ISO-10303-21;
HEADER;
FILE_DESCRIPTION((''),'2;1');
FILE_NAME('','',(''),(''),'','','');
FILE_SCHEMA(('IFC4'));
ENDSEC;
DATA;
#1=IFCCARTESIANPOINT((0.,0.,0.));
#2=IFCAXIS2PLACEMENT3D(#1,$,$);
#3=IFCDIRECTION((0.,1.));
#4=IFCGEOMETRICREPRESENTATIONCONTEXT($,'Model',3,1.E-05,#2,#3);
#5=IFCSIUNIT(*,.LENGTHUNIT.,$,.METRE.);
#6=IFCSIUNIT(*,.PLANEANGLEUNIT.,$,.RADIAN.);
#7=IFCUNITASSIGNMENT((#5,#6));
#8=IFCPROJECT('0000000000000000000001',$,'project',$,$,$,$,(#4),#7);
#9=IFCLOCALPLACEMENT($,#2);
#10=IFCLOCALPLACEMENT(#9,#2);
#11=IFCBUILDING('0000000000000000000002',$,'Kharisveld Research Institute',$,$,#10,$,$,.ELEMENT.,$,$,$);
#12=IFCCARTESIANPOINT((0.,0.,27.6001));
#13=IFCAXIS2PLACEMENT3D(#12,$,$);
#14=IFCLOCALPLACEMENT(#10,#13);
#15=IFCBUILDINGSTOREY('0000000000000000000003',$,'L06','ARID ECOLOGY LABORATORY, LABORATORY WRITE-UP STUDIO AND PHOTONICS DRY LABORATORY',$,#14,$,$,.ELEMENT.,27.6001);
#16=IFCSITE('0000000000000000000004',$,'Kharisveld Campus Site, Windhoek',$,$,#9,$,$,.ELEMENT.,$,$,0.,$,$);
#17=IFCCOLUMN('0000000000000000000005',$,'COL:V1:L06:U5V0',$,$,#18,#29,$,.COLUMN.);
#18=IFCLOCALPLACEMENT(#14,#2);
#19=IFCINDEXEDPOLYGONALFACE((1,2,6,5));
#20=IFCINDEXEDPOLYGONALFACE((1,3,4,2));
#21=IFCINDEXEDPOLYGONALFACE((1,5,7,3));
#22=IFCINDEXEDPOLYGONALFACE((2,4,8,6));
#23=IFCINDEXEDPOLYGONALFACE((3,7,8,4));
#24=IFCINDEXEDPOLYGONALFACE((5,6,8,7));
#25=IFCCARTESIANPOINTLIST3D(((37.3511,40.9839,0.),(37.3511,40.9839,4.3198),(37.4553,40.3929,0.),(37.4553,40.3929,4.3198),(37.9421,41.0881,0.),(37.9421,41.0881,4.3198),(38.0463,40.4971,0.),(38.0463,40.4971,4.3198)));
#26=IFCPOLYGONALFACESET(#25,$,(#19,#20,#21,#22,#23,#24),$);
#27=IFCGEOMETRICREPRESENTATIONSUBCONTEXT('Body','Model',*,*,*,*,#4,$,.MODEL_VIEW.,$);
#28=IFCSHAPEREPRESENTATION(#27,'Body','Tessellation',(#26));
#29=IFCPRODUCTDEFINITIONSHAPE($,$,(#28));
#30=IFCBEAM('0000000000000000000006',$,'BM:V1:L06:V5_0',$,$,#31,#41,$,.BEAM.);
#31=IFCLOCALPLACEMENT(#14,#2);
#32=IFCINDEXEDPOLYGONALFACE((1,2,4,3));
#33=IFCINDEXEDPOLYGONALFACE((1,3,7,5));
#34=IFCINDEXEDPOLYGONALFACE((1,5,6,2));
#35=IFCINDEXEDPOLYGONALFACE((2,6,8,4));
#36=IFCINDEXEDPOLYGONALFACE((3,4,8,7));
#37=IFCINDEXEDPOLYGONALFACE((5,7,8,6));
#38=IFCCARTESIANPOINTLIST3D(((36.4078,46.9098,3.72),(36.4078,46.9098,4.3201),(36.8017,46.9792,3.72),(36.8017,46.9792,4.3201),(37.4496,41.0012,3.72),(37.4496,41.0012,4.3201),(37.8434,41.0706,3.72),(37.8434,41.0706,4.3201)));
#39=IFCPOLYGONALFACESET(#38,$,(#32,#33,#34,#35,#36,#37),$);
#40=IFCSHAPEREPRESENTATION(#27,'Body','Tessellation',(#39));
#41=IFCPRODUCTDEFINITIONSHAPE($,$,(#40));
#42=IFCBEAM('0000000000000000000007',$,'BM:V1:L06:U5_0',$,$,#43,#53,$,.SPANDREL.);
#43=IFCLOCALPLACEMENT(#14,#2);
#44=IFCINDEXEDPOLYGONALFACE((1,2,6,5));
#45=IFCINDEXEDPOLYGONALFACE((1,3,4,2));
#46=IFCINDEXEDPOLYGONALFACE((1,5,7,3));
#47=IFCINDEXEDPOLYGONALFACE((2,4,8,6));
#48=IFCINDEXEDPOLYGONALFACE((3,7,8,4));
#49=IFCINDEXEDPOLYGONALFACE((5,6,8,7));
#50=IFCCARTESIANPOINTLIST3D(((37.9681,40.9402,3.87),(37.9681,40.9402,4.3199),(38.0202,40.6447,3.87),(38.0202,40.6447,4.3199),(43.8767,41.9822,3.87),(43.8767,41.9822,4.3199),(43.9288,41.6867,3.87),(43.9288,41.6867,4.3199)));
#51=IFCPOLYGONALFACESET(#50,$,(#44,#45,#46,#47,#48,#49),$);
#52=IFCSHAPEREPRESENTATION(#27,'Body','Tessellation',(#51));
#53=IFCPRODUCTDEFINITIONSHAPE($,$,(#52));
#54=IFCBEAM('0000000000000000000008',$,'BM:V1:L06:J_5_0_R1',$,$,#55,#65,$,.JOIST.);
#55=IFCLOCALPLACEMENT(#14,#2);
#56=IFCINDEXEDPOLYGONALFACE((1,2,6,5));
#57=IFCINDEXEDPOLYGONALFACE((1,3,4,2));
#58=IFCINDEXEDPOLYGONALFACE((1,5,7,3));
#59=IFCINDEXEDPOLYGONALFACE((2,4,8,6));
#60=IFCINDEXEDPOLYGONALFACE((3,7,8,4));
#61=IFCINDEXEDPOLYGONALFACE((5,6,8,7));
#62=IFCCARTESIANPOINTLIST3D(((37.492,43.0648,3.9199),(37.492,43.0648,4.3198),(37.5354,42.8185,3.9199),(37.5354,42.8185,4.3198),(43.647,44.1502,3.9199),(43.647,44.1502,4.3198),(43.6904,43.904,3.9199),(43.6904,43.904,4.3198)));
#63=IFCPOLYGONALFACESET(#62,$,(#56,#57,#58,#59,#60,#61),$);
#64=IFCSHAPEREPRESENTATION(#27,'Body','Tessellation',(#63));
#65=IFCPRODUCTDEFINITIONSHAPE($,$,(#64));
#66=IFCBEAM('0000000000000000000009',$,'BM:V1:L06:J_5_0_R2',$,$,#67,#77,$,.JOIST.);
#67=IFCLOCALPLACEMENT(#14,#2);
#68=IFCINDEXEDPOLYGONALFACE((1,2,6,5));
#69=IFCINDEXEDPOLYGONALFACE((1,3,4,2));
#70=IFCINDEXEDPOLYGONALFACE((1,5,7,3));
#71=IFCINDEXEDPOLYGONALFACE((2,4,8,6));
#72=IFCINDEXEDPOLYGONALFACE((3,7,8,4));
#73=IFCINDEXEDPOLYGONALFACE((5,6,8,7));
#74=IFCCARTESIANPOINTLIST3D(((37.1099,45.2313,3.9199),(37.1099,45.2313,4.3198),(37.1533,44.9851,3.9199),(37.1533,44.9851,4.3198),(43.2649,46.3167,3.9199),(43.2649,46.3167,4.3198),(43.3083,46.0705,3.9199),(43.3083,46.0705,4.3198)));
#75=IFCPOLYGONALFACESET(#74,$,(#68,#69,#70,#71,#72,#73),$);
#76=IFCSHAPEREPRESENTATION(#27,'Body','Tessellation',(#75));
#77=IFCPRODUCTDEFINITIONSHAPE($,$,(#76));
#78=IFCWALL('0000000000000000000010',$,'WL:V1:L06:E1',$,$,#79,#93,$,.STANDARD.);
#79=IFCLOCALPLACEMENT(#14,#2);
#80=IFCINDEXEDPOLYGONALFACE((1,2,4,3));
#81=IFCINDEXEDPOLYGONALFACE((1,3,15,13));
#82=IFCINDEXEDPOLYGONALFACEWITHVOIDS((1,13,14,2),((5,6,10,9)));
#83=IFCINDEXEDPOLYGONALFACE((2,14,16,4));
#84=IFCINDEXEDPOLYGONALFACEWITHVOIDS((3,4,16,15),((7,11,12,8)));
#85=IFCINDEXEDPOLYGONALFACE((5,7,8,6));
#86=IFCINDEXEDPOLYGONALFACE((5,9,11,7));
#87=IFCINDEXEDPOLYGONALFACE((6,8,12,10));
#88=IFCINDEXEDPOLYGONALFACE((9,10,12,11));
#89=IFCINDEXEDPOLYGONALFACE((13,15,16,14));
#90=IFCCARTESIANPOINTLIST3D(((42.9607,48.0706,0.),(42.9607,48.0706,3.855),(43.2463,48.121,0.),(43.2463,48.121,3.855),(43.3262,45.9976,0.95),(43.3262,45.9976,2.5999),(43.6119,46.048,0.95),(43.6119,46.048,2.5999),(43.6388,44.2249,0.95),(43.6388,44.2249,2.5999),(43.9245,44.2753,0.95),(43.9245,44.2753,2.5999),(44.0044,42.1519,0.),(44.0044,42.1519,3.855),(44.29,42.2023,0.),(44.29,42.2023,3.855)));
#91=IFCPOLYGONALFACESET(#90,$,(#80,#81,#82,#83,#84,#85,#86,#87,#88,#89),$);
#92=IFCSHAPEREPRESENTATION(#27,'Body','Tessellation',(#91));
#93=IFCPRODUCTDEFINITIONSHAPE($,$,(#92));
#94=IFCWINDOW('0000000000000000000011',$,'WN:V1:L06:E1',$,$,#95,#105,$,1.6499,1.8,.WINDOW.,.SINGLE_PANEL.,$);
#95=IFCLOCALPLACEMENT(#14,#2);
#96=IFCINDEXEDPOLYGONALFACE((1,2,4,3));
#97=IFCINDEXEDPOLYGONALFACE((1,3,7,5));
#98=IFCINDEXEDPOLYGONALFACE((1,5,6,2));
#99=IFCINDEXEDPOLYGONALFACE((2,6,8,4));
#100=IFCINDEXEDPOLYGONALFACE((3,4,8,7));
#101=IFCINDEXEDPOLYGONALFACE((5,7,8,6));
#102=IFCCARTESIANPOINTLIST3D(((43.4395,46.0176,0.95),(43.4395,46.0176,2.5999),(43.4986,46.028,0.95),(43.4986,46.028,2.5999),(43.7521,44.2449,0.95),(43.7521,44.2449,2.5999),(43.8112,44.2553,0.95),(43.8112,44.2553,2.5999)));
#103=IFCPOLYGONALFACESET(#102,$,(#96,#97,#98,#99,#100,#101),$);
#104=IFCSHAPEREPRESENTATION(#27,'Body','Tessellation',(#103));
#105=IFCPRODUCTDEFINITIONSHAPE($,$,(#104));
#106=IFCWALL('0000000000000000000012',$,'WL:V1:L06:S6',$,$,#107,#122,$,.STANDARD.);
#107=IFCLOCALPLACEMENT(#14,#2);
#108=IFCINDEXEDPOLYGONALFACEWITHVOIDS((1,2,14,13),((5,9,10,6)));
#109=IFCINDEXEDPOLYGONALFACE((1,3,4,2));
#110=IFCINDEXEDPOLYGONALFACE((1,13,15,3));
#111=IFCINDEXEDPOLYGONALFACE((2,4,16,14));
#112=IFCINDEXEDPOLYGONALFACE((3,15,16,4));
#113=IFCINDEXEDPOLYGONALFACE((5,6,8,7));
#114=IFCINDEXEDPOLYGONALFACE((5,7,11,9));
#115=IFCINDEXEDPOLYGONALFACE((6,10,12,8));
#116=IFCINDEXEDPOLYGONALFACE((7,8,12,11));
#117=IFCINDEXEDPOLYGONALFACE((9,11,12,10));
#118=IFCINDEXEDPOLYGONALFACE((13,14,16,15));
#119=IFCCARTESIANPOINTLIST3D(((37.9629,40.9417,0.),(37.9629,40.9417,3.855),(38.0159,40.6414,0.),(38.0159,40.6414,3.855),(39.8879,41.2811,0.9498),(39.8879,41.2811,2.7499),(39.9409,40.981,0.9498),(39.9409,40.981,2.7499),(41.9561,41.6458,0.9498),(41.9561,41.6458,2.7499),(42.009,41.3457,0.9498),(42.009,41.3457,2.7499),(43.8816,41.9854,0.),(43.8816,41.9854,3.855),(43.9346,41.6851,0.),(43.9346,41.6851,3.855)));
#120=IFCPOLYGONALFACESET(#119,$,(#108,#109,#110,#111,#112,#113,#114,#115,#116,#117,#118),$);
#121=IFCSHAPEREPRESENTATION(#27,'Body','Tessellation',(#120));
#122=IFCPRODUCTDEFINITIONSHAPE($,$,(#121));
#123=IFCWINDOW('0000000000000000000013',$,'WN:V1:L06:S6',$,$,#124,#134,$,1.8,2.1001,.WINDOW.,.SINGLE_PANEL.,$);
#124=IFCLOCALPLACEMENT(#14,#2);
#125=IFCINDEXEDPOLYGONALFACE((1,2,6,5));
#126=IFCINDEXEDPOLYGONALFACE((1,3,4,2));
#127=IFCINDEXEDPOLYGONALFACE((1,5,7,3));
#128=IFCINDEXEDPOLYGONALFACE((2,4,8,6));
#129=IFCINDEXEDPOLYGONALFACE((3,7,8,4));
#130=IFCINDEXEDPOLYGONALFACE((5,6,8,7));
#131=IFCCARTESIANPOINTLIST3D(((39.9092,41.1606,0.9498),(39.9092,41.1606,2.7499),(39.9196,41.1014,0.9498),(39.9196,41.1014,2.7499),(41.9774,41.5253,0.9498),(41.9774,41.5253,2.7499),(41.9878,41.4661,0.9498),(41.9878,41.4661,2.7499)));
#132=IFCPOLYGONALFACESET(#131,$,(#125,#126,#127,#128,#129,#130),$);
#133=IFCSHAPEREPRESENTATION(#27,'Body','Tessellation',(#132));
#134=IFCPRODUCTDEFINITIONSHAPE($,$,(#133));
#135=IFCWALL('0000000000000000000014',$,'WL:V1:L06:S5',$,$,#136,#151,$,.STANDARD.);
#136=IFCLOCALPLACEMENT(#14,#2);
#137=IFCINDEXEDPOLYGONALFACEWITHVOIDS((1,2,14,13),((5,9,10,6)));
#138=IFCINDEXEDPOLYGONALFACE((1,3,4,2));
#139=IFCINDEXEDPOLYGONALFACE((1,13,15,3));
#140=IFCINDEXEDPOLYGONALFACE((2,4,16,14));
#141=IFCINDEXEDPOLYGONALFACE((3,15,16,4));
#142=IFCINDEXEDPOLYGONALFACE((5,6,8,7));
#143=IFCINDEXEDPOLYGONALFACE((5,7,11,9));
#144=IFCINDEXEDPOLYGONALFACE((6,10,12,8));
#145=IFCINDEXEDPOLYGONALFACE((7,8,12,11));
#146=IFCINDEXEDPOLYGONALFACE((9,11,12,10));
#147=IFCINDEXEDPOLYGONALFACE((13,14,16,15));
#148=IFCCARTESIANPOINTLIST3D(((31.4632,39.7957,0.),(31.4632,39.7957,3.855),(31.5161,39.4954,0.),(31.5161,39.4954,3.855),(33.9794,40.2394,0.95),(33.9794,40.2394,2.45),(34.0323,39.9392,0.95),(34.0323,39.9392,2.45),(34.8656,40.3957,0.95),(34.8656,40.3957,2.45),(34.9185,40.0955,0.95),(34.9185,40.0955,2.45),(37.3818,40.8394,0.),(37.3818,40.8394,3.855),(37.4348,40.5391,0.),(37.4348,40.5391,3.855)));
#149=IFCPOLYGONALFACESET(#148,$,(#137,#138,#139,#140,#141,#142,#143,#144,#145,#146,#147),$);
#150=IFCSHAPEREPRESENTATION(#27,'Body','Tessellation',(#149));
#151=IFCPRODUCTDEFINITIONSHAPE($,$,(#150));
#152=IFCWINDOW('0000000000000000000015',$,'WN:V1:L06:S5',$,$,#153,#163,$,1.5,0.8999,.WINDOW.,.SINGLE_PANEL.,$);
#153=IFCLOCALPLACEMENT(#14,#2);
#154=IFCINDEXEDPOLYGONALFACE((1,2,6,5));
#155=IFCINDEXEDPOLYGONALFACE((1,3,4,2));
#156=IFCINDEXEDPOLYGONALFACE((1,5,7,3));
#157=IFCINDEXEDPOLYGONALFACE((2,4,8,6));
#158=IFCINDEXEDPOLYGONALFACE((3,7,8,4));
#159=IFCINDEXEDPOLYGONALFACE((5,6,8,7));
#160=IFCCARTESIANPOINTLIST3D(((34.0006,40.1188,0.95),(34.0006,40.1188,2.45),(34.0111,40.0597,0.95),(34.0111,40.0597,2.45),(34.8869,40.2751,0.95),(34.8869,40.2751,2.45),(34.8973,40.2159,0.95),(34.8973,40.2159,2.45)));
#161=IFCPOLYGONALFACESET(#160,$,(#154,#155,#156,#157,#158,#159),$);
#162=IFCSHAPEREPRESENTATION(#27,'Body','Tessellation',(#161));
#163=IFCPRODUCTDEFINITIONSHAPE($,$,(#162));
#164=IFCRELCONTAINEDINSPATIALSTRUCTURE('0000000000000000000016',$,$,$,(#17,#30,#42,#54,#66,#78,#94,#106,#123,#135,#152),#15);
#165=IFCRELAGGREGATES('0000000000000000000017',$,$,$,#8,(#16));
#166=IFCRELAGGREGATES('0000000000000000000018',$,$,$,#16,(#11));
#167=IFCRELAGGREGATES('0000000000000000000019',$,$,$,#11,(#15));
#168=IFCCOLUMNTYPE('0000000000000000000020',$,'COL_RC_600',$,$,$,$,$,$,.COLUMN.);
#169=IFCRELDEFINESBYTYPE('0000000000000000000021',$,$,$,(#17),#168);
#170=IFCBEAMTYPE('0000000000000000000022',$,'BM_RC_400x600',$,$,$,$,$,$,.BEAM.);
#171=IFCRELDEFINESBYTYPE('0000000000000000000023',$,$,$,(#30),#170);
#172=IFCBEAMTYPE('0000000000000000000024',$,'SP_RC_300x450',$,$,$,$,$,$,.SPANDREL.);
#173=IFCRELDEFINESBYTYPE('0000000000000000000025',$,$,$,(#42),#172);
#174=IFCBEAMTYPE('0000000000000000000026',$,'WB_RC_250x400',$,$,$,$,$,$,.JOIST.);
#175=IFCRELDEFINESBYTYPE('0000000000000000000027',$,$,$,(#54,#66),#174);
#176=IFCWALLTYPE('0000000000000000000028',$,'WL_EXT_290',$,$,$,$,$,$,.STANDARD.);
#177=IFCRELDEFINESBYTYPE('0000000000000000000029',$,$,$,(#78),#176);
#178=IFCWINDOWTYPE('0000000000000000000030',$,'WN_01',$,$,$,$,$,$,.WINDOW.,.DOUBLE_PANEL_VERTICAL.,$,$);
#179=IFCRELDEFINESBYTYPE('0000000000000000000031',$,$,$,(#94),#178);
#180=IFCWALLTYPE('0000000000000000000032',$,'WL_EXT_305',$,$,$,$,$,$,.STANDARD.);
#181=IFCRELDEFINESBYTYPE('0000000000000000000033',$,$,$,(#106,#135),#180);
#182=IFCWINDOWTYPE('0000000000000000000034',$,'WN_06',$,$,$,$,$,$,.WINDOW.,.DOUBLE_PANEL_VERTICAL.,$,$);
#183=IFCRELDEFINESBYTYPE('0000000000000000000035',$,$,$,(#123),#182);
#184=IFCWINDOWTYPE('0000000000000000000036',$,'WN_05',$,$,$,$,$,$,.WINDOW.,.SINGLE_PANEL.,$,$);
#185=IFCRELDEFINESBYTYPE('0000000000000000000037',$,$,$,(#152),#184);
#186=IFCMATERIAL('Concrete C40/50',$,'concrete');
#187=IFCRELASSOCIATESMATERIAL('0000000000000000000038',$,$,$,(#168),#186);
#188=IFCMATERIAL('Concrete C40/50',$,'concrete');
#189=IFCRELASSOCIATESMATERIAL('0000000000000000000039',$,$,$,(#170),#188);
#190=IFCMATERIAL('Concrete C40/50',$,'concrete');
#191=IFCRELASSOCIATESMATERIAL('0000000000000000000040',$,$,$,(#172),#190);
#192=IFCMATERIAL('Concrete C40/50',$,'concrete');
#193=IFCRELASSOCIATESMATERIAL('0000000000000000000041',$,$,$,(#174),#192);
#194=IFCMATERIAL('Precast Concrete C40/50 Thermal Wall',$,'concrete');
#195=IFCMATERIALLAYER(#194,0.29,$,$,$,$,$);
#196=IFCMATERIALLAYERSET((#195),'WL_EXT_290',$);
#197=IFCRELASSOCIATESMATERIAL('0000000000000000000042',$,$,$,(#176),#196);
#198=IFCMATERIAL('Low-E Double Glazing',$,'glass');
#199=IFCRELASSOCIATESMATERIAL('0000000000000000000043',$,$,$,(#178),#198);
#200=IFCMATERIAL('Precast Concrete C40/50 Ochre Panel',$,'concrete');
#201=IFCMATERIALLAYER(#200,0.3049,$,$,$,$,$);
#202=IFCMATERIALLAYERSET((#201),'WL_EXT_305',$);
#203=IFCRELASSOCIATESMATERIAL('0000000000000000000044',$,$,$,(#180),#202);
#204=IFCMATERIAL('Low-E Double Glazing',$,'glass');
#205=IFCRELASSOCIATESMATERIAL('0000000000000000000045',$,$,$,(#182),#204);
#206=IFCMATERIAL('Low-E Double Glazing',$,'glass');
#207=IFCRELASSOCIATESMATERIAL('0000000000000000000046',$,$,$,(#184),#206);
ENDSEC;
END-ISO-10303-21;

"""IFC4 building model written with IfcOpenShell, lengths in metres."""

from ifc_helpers import new_model, si_unit, direction, frame, frame_2d, origin, origin_2d, place, context, subcontext, project, spatial, rectangle, extrude, material, layer, layer_set, material_profile, profile_set, type_object, element, fill, save


model = new_model("IFC4")

# Units and contexts
model_context = context("Model", 3, precision=1e-05, world=origin(), true_north=direction((0.0, 1.0)))
body_context = subcontext(model_context, "Body", "Model", "MODEL_VIEW")
ifc_project = project(units=[si_unit("LENGTHUNIT", "METRE"), si_unit("PLANEANGLEUNIT", "RADIAN")], contexts=[model_context])

# Site, building, storey
site_placement = place(None, origin())
site = spatial("IfcSite", under=ifc_project, at=site_placement, Name="Kharisveld Campus Site, Windhoek", CompositionType="ELEMENT", RefElevation=0.0)
building_placement = place(site_placement, origin())
building = spatial("IfcBuilding", under=site, at=building_placement, Name="Kharisveld Research Institute", CompositionType="ELEMENT")
storey_placement = place(building_placement, frame((0.0, 0.0, 27.6001)))
storey = spatial("IfcBuildingStorey", under=building, at=storey_placement, Name="L06", Description="ARID ECOLOGY LABORATORY, LABORATORY WRITE-UP STUDIO AND PHOTONICS DRY LABORATORY", CompositionType="ELEMENT", Elevation=27.6001)

# Column
ifc_material_1 = material(Name="Concrete C40/50", Category="concrete")
ifc_material_profile_1 = material_profile(ifc_material_1, rectangle(XDim=0.6001, YDim=0.6001, at=origin_2d()))
ifc_profile_set_1 = profile_set([ifc_material_profile_1], Name="Concrete C40/50")
column_type = type_object("IfcColumnType", Name="COL_RC_600", PredefinedType="COLUMN", material=ifc_profile_set_1)
column_placement = place(storey_placement, frame((37.6987, 40.7405, 0.0), z_axis=(0.0, 0.0, 1.0), x_axis=(0.984808, 0.173648, 0.0)))
element("IfcColumn", 1, at=column_placement, inside=storey, type_object=column_type, Name="COL:V1:L06:U5V0", PredefinedType="COLUMN", context=body_context, shape_type="SweptSolid", body=[
    extrude(rectangle(XDim=0.6001, YDim=0.6001, at=origin_2d()), origin(), (0.0, 0.0, 1.0), 4.3198),
])

# Beams
ifc_material_2 = material(Name="Concrete C40/50", Category="concrete")
ifc_material_profile_2 = material_profile(ifc_material_2, rectangle(XDim=0.3999, YDim=0.6001, at=origin_2d()))
ifc_profile_set_2 = profile_set([ifc_material_profile_2], Name="Concrete C40/50")
beam_type_1 = type_object("IfcBeamType", Name="BM_RC_400x600", PredefinedType="BEAM", material=ifc_profile_set_2)
beam_1_placement = place(storey_placement, frame((37.6465, 41.0359, 4.02), z_axis=(-0.17363, 0.984811, 0.0), x_axis=(-0.984811, -0.17363, 0.0)))
element("IfcBeam", 2, at=beam_1_placement, inside=storey, type_object=beam_type_1, Name="BM:V1:L06:V5_0", PredefinedType="BEAM", context=body_context, shape_type="SweptSolid", body=[
    extrude(rectangle(XDim=0.3999, YDim=0.6001, at=origin_2d()), origin(), (0.0, 0.0, 1.0), 5.9998),
])
ifc_material_3 = material(Name="Concrete C40/50", Category="concrete")
ifc_material_profile_3 = material_profile(ifc_material_3, rectangle(XDim=0.3, YDim=0.45, at=origin_2d()))
ifc_profile_set_3 = profile_set([ifc_material_profile_3], Name="Concrete C40/50")
beam_type_2 = type_object("IfcBeamType", Name="SP_RC_300x450", PredefinedType="SPANDREL", material=ifc_profile_set_3)
beam_2_placement = place(storey_placement, frame((37.9941, 40.7925, 4.095), z_axis=(0.984804, 0.173669, 0.0), x_axis=(-0.173669, 0.984804, 0.0)))
element("IfcBeam", 3, at=beam_2_placement, inside=storey, type_object=beam_type_2, Name="BM:V1:L06:U5_0", PredefinedType="SPANDREL", context=body_context, shape_type="SweptSolid", body=[
    extrude(rectangle(XDim=0.3, YDim=0.45, at=origin_2d()), origin(), (0.0, 0.0, 1.0), 5.9998),
])
ifc_material_4 = material(Name="Concrete C40/50", Category="concrete")
ifc_material_profile_4 = material_profile(ifc_material_4, rectangle(XDim=0.25, YDim=0.3999, at=origin_2d()))
ifc_profile_set_4 = profile_set([ifc_material_profile_4], Name="Concrete C40/50")
beam_type_3 = type_object("IfcBeamType", Name="WB_RC_250x400", PredefinedType="JOIST", material=ifc_profile_set_4)
for number, where, z_axis, x_axis, name in (
    (4, (37.5137, 42.9417, 4.1199), (0.984804, 0.173672, 0.0), (-0.173672, 0.984804, 0.0), "BM:V1:L06:J_5_0_R1"),
    (5, (37.1316, 45.1082, 4.1199), (0.984804, 0.173672, 0.0), (-0.173672, 0.984804, 0.0), "BM:V1:L06:J_5_0_R2"),
):
    element("IfcBeam", number, at=place(storey_placement, frame(where, z_axis=z_axis, x_axis=x_axis)), inside=storey, type_object=beam_type_3, Name=name, PredefinedType="JOIST", context=body_context, shape_type="SweptSolid", body=[
        extrude(rectangle(XDim=0.25, YDim=0.3999, at=origin_2d()), origin(), (0.0, 0.0, 1.0), 6.25),
    ])

# Walls, openings, windows
ifc_material_5 = material(Name="Precast Concrete C40/50 Thermal Wall", Category="concrete")
ifc_layer_1 = layer(ifc_material_5, 0.29)
ifc_layer_set_1 = layer_set([ifc_layer_1], Name="WL_EXT_290")
wall_type_1 = type_object("IfcWallType", Name="WL_EXT_290", PredefinedType="STANDARD", material=ifc_layer_set_1)
wall_1_placement = place(storey_placement, frame((43.1035, 48.0957, 0.0), z_axis=(0.0, 0.0, 1.0), x_axis=(0.17366, -0.984806, 0.0)))
wall_1 = element("IfcWall", 6, at=wall_1_placement, inside=storey, type_object=wall_type_1, Name="WL:V1:L06:E1", PredefinedType="STANDARD", context=body_context, shape_type="SweptSolid", body=[
    extrude(rectangle(XDim=6.01, YDim=0.29, at=frame_2d((3.0049, 0.0))), origin(), (0.0, 0.0, 1.0), 3.855),
])
opening_1_placement = place(wall_1_placement, frame((2.105, 0.0, 0.95)))
opening_1 = element("IfcOpeningElement", 7, at=opening_1_placement, cuts=wall_1, PredefinedType="OPENING", context=body_context, shape_type="SweptSolid", body=[
    extrude(rectangle(XDim=1.8, YDim=1.6499, at=frame_2d((0.8999, 0.825))), frame((0.0, 0.145, 0.0), z_axis=(0.0, -1.0, 0.0), x_axis=(1.0, 0.0, 0.0)), (0.0, 0.0, 1.0), 0.29),
])
ifc_material_6 = material(Name="Low-E Double Glazing", Category="glass")
window_type_1 = type_object("IfcWindowType", Name="WN_01", PartitioningType="DOUBLE_PANEL_VERTICAL", PredefinedType="WINDOW", material=ifc_material_6)
window_1_placement = place(opening_1_placement, origin())
window_1 = element("IfcWindow", 8, at=window_1_placement, inside=storey, type_object=window_type_1, Name="WN:V1:L06:E1", OverallHeight=1.6499, OverallWidth=1.8, PartitioningType="SINGLE_PANEL", PredefinedType="WINDOW", context=body_context, shape_type="SweptSolid", body=[
    extrude(rectangle(XDim=1.8, YDim=1.6499, at=frame_2d((0.8999, 0.825))), frame((0.0, 0.03, 0.0), z_axis=(0.0, -1.0, 0.0), x_axis=(1.0, 0.0, 0.0)), (0.0, 0.0, 1.0), 0.0601),
])
fill(opening_1, window_1)
ifc_material_7 = material(Name="Precast Concrete C40/50 Ochre Panel", Category="concrete")
ifc_layer_2 = layer(ifc_material_7, 0.3049)
ifc_layer_set_2 = layer_set([ifc_layer_2], Name="WL_EXT_305")
wall_type_2 = type_object("IfcWallType", Name="WL_EXT_305", PredefinedType="STANDARD", material=ifc_layer_set_2)
wall_2_placement = place(storey_placement, frame((43.908, 41.8352, 0.0), z_axis=(0.0, 0.0, 1.0), x_axis=(-0.984806, -0.17366, 0.0)))
wall_2 = element("IfcWall", 9, at=wall_2_placement, inside=storey, type_object=wall_type_2, Name="WL:V1:L06:S6", PredefinedType="STANDARD", context=body_context, shape_type="SweptSolid", body=[
    extrude(rectangle(XDim=6.01, YDim=0.3049, at=frame_2d((3.0049, 0.0))), origin(), (0.0, 0.0, 1.0), 3.855),
])
opening_2_placement = place(wall_2_placement, frame((1.9551, 0.0, 0.95)))
opening_2 = element("IfcOpeningElement", 10, at=opening_2_placement, cuts=wall_2, PredefinedType="OPENING", context=body_context, shape_type="SweptSolid", body=[
    extrude(rectangle(XDim=2.1001, YDim=1.8, at=frame_2d((1.05, 0.8999))), frame((0.0, 0.1523, 0.0), z_axis=(0.0, -1.0, 0.0), x_axis=(1.0, 0.0, 0.0)), (0.0, 0.0, 1.0), 0.3049),
])
ifc_material_8 = material(Name="Low-E Double Glazing", Category="glass")
window_type_2 = type_object("IfcWindowType", Name="WN_06", PartitioningType="DOUBLE_PANEL_VERTICAL", PredefinedType="WINDOW", material=ifc_material_8)
window_2_placement = place(opening_2_placement, origin())
window_2 = element("IfcWindow", 11, at=window_2_placement, inside=storey, type_object=window_type_2, Name="WN:V1:L06:S6", OverallHeight=1.8, OverallWidth=2.1001, PartitioningType="SINGLE_PANEL", PredefinedType="WINDOW", context=body_context, shape_type="SweptSolid", body=[
    extrude(rectangle(XDim=2.1001, YDim=1.8, at=frame_2d((1.05, 0.8999))), frame((0.0, 0.03, 0.0), z_axis=(0.0, -1.0, 0.0), x_axis=(1.0, 0.0, 0.0)), (0.0, 0.0, 1.0), 0.0601),
])
fill(opening_2, window_2)
wall_3_placement = place(storey_placement, frame((37.4082, 40.6892, 0.0), z_axis=(0.0, 0.0, 1.0), x_axis=(-0.984806, -0.17366, 0.0)))
wall_3 = element("IfcWall", 12, at=wall_3_placement, inside=storey, type_object=wall_type_2, Name="WL:V1:L06:S5", PredefinedType="STANDARD", context=body_context, shape_type="SweptSolid", body=[
    extrude(rectangle(XDim=6.01, YDim=0.3049, at=frame_2d((3.0049, 0.0))), origin(), (0.0, 0.0, 1.0), 3.855),
])
opening_3_placement = place(wall_3_placement, frame((2.5549, 0.0, 0.95)))
opening_3 = element("IfcOpeningElement", 13, at=opening_3_placement, cuts=wall_3, PredefinedType="OPENING", context=body_context, shape_type="SweptSolid", body=[
    extrude(rectangle(XDim=0.8999, YDim=1.5, at=frame_2d((0.45, 0.75))), frame((0.0, 0.1523, 0.0), z_axis=(0.0, -1.0, 0.0), x_axis=(1.0, 0.0, 0.0)), (0.0, 0.0, 1.0), 0.3049),
])
ifc_material_9 = material(Name="Low-E Double Glazing", Category="glass")
window_type_3 = type_object("IfcWindowType", Name="WN_05", PartitioningType="SINGLE_PANEL", PredefinedType="WINDOW", material=ifc_material_9)
window_3_placement = place(opening_3_placement, origin())
window_3 = element("IfcWindow", 14, at=window_3_placement, inside=storey, type_object=window_type_3, Name="WN:V1:L06:S5", OverallHeight=1.5, OverallWidth=0.8999, PartitioningType="SINGLE_PANEL", PredefinedType="WINDOW", context=body_context, shape_type="SweptSolid", body=[
    extrude(rectangle(XDim=0.8999, YDim=1.5, at=frame_2d((0.45, 0.75))), frame((0.0, 0.03, 0.0), z_axis=(0.0, -1.0, 0.0), x_axis=(1.0, 0.0, 0.0)), (0.0, 0.0, 1.0), 0.0601),
])
fill(opening_3, window_3)

save(model, "model.ifc")
